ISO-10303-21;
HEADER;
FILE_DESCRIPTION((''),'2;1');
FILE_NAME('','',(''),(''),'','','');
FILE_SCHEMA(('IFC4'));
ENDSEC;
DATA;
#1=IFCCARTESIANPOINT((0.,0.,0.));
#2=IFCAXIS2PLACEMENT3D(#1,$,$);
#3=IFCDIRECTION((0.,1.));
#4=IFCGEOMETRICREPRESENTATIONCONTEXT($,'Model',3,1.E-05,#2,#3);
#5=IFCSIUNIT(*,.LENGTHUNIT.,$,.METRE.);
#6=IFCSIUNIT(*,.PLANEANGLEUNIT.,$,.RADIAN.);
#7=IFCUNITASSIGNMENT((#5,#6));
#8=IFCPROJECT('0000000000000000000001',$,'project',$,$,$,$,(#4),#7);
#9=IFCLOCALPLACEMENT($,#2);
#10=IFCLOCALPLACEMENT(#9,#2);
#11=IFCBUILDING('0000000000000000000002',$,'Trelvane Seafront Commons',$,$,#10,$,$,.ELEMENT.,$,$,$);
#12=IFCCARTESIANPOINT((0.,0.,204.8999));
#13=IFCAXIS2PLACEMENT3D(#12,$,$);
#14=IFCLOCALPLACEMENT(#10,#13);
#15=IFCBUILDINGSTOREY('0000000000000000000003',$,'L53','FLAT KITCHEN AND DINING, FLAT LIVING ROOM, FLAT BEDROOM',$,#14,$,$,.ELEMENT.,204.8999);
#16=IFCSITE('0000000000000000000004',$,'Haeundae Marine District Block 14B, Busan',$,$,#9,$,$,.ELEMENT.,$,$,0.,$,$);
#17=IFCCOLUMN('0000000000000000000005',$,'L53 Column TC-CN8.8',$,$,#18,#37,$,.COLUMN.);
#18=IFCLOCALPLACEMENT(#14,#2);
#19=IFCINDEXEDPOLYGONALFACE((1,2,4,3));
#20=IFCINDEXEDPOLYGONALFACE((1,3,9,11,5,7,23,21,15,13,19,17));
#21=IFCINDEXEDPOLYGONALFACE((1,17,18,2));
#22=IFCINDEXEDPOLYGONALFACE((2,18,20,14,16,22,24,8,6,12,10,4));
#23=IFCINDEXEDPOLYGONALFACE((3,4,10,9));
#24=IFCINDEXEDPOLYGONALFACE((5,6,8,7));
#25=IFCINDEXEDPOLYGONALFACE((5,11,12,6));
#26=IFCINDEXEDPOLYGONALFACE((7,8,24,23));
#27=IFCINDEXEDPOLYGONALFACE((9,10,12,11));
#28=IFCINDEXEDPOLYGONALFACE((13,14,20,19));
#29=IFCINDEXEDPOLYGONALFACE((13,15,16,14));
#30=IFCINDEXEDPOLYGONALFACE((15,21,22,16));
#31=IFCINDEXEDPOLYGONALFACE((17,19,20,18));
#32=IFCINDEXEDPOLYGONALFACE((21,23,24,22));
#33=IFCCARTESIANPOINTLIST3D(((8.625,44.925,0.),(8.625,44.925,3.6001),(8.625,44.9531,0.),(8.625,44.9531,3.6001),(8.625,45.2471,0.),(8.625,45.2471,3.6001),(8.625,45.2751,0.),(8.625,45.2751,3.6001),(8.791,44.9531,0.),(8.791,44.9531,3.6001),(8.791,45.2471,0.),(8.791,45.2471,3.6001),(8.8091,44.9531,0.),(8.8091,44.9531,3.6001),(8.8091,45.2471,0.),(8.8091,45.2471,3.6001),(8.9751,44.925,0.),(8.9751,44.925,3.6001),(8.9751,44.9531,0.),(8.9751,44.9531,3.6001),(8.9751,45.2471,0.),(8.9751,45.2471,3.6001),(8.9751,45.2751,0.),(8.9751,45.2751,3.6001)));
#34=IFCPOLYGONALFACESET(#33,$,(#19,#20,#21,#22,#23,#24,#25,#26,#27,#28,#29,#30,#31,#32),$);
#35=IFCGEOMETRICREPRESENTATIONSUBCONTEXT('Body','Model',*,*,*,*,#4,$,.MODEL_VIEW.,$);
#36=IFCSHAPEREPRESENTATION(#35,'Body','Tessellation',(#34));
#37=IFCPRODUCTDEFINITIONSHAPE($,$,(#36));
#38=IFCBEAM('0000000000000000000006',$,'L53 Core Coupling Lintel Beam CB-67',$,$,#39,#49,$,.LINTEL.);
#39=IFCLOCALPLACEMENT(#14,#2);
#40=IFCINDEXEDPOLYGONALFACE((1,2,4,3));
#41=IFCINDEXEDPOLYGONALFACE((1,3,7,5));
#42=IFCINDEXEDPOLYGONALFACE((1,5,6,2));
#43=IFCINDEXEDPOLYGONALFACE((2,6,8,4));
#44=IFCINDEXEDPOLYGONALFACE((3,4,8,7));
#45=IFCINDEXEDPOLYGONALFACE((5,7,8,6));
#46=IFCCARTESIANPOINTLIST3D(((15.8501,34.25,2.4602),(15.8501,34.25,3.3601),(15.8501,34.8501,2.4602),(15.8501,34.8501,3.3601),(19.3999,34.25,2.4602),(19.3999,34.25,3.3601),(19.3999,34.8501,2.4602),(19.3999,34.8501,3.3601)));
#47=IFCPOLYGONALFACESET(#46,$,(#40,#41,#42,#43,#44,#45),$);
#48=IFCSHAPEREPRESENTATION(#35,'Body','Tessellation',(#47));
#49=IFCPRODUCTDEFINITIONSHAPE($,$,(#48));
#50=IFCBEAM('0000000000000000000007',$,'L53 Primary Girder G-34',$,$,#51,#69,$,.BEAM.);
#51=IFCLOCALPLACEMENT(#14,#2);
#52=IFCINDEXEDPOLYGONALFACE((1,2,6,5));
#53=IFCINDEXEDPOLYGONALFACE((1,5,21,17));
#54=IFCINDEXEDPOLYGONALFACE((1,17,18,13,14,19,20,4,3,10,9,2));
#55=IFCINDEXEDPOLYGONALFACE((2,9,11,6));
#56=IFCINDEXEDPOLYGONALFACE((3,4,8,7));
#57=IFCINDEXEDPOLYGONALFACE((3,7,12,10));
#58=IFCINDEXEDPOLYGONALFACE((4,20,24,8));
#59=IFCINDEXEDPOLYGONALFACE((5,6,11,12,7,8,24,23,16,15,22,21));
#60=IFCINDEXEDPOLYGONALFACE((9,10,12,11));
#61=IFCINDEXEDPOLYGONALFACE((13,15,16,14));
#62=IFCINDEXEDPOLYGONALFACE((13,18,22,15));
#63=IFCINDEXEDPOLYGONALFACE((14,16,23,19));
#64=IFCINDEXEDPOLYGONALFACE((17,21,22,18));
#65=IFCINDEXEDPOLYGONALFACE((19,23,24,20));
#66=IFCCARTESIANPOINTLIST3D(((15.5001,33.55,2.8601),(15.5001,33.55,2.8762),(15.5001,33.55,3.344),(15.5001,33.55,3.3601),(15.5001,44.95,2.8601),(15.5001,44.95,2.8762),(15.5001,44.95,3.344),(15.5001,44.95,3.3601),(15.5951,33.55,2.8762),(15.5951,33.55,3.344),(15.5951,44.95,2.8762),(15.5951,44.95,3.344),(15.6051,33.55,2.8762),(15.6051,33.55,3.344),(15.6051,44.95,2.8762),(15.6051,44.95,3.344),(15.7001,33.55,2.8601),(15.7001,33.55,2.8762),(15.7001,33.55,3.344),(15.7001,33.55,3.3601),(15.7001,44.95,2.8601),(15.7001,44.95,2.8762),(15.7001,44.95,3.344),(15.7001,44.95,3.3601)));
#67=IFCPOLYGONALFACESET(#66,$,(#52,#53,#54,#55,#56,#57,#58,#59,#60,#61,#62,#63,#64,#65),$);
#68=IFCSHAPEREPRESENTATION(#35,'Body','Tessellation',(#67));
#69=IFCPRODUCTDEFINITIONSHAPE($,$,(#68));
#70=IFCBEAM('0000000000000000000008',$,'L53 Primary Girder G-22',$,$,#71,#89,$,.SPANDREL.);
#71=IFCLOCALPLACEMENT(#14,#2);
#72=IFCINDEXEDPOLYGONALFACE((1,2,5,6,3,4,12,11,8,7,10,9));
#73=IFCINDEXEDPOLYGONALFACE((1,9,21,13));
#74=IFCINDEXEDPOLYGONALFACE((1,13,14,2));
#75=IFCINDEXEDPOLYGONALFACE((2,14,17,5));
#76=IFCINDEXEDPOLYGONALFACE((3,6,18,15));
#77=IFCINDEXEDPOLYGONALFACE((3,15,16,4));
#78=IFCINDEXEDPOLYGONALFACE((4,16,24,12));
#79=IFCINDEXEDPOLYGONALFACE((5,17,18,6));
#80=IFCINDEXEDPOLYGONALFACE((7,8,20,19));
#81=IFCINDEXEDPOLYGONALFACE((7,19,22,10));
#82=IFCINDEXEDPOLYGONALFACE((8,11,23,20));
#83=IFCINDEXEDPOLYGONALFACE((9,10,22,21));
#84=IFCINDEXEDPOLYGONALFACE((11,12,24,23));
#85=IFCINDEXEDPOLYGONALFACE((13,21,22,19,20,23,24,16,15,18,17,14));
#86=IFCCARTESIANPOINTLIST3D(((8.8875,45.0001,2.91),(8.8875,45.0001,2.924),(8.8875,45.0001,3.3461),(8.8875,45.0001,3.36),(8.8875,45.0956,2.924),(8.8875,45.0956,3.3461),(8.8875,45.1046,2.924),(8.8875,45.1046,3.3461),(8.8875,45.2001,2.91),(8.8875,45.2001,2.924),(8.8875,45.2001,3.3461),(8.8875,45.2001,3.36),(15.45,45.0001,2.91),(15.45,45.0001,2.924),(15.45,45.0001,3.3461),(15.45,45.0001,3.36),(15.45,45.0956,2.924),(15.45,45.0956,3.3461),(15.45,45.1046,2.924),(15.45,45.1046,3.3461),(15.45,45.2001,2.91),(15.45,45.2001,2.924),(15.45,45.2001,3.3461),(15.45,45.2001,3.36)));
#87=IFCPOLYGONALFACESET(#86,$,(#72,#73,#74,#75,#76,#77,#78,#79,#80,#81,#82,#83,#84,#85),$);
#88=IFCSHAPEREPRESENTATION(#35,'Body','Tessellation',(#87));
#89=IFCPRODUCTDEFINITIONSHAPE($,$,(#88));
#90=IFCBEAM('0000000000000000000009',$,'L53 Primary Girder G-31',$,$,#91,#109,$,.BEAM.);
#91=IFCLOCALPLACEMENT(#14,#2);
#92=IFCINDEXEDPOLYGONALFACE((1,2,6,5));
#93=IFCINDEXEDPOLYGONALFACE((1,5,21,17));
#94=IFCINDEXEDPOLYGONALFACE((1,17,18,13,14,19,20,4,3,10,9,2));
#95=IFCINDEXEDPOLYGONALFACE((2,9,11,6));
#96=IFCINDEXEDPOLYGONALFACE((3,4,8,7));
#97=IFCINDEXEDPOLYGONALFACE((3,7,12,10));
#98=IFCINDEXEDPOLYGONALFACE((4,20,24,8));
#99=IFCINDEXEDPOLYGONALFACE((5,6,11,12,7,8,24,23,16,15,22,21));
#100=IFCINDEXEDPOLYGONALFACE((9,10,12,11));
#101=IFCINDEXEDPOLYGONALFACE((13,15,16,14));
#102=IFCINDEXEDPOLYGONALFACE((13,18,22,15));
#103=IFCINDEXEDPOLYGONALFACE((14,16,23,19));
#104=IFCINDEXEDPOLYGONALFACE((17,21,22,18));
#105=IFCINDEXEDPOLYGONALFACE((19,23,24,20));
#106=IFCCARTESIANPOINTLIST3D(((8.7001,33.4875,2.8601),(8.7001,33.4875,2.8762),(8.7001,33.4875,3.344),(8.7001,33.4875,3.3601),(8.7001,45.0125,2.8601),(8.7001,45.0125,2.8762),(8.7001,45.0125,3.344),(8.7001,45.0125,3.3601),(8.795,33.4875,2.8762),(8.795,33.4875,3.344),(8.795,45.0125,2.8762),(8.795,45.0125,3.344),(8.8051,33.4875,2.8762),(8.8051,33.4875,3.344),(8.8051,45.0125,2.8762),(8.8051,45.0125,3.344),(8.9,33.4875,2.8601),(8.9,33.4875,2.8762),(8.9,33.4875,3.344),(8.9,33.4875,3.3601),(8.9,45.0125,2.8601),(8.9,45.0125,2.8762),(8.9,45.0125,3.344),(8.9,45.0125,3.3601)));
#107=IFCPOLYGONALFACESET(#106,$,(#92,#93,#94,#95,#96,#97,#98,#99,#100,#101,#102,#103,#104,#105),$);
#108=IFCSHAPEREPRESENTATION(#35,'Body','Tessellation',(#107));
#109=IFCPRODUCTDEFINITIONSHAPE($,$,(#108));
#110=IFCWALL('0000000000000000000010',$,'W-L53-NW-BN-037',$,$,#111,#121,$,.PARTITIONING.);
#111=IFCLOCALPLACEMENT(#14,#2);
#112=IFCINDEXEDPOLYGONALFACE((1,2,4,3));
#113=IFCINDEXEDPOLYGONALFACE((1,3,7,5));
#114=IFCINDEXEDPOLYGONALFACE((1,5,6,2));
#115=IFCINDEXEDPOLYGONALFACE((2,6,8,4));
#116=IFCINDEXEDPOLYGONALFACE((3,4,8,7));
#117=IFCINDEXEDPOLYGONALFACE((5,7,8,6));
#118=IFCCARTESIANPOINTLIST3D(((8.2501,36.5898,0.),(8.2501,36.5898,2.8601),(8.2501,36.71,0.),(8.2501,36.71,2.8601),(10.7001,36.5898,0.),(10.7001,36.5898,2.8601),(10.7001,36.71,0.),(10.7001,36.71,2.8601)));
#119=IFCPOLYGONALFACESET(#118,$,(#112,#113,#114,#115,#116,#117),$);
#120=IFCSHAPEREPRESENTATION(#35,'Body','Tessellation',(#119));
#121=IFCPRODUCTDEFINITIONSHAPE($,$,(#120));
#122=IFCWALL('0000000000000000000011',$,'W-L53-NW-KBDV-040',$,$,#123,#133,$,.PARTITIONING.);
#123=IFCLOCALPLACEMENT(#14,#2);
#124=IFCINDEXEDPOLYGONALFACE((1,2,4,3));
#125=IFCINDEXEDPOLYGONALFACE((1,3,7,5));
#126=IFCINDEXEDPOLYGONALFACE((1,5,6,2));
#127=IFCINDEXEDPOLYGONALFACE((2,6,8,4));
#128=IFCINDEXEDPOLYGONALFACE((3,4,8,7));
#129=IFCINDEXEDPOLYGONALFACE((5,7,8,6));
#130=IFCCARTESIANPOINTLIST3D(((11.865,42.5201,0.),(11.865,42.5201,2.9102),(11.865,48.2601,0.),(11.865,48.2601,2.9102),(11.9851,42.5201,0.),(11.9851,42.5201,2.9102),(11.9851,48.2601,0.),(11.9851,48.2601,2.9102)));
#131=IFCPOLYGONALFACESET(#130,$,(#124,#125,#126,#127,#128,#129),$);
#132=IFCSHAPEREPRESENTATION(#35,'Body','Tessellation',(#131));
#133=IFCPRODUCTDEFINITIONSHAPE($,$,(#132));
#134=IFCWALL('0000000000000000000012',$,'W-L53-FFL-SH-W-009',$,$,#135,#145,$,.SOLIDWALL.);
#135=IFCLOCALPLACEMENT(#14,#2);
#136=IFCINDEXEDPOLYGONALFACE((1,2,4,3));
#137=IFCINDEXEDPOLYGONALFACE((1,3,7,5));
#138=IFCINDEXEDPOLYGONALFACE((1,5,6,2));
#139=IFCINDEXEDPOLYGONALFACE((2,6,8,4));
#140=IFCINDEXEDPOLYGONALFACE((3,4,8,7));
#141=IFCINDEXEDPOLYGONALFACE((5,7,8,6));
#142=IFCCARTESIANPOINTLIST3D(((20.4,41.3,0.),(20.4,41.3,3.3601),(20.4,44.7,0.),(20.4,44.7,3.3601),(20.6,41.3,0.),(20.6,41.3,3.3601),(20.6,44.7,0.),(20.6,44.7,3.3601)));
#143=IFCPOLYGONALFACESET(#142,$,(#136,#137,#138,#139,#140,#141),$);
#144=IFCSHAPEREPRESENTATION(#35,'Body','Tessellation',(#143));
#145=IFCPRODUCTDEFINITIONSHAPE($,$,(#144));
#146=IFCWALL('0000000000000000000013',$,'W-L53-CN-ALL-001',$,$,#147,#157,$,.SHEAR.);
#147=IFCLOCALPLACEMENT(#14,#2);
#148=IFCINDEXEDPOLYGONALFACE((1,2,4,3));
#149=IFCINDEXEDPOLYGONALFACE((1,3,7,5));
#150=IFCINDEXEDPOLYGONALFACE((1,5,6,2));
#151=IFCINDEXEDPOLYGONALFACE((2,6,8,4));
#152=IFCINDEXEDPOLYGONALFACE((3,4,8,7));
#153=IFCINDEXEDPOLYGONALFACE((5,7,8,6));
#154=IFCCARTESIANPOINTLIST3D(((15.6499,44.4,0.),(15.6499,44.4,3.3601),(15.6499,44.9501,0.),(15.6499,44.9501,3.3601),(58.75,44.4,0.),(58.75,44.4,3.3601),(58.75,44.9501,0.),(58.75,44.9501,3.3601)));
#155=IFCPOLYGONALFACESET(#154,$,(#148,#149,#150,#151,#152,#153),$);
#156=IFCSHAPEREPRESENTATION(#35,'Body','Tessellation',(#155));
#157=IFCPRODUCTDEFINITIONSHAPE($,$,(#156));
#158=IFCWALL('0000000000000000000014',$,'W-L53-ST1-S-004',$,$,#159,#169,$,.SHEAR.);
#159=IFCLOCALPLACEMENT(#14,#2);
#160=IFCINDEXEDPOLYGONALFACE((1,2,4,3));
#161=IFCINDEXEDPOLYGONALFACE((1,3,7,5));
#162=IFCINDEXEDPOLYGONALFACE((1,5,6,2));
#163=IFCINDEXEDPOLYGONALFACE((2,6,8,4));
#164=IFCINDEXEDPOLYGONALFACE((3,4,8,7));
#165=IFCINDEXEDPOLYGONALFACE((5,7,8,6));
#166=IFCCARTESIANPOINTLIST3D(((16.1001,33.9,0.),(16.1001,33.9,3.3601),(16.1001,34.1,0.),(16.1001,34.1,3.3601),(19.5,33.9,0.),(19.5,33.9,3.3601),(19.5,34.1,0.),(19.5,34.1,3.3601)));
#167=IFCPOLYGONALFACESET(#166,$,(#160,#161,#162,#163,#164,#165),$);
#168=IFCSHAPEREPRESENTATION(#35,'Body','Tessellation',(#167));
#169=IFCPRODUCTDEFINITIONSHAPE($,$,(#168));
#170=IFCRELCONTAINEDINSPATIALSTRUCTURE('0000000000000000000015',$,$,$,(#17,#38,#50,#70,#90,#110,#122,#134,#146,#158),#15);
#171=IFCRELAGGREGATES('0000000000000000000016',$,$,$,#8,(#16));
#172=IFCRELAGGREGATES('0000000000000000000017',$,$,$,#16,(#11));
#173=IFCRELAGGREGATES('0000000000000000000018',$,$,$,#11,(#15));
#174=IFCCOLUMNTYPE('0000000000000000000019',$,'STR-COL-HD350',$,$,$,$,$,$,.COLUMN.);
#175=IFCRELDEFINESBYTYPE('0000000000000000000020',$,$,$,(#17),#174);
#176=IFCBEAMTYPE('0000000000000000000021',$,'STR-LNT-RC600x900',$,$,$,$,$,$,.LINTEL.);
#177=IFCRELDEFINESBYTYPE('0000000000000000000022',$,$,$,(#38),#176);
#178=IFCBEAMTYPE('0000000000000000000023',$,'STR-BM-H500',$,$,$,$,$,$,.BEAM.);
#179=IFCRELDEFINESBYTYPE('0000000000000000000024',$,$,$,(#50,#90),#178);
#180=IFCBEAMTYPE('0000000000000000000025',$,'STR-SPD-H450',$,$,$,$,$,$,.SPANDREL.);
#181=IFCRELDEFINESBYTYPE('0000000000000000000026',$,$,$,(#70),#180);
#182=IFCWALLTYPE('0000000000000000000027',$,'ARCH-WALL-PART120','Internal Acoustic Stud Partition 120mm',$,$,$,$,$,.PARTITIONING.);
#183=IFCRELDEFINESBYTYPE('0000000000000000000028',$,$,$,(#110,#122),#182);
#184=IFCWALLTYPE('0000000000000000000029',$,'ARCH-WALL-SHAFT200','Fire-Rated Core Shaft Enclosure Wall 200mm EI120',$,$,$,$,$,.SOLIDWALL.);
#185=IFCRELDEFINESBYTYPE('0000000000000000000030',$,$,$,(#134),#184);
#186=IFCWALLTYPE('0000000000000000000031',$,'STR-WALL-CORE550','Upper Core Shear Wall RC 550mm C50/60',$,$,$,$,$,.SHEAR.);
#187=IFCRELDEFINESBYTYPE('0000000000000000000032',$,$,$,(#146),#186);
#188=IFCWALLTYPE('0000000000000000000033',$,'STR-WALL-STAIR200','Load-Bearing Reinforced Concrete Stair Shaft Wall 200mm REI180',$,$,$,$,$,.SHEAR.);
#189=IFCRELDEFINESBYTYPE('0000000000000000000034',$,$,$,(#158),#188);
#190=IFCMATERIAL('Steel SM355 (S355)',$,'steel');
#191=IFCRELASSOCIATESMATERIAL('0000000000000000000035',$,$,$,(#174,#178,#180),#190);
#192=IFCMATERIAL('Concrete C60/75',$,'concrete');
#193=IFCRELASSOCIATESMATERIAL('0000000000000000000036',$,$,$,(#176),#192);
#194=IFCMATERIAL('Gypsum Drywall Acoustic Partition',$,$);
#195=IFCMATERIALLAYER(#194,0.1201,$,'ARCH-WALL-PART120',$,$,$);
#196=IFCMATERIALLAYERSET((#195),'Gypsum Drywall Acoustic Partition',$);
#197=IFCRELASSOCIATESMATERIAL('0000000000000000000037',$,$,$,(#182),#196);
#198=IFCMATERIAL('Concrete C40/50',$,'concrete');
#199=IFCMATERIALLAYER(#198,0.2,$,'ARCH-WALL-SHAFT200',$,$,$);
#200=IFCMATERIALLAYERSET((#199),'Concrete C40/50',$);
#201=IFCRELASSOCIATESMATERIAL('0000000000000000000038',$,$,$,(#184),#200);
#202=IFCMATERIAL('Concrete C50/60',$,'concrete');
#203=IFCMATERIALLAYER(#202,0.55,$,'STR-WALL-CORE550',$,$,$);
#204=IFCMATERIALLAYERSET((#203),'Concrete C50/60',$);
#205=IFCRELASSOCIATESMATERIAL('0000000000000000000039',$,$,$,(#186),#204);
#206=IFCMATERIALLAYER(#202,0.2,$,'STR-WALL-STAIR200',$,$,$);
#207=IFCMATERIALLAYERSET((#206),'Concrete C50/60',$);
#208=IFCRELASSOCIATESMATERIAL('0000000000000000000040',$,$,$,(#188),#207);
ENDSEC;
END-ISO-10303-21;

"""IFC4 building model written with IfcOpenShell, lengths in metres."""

from ifc_helpers import new_model, si_unit, direction, frame, frame_2d, origin, origin_2d, place, context, subcontext, project, spatial, rectangle, i_section, extrude, source, transform, mapped, material, layer, layer_set, material_profile, profile_set, type_object, element, save


model = new_model("IFC4")

# Units and contexts
model_context = context("Model", 3, precision=1e-05, world=origin(), true_north=direction((0.0, 1.0)))
body_context = subcontext(model_context, "Body", "Model", "MODEL_VIEW")
ifc_project = project(units=[si_unit("LENGTHUNIT", "METRE"), si_unit("PLANEANGLEUNIT", "RADIAN")], contexts=[model_context])

# Site, building, storey
site_placement = place(None, origin())
site = spatial("IfcSite", under=ifc_project, at=site_placement, Name="Haeundae Marine District Block 14B, Busan", CompositionType="ELEMENT", RefElevation=0.0)
building_placement = place(site_placement, origin())
building = spatial("IfcBuilding", under=site, at=building_placement, Name="Trelvane Seafront Commons", CompositionType="ELEMENT")
storey_placement = place(building_placement, frame((0.0, 0.0, 204.8999)))
storey = spatial("IfcBuildingStorey", under=building, at=storey_placement, Name="L53", Description="FLAT KITCHEN AND DINING, FLAT LIVING ROOM, FLAT BEDROOM", CompositionType="ELEMENT", Elevation=204.8999)

# Column
ifc_material_1 = material(Name="Steel SM355 (S355)", Category="steel")
ifc_material_profile_1 = material_profile(ifc_material_1, i_section(OverallWidth=0.3501, OverallDepth=0.3501, WebThickness=0.0181, FlangeThickness=0.0281, at=origin_2d()), Name="HD-350x350x18x28")
ifc_profile_set_1 = profile_set([ifc_material_profile_1], Name="Steel SM355 (S355)")
column_type = type_object("IfcColumnType", Name="STR-COL-HD350", PredefinedType="COLUMN", material=ifc_profile_set_1)
shared_shape_1 = source(origin(), body_context, "Body", "SweptSolid", [
    extrude(i_section(OverallWidth=0.3501, OverallDepth=0.3501, WebThickness=0.0181, FlangeThickness=0.0281, at=origin_2d()), origin(), (0.0, 0.0, 1.0), 3.6001),
])
column_placement = place(storey_placement, frame((8.8, 45.1001, 0.0), z_axis=(0.0, 0.0, 1.0), x_axis=(1.0, 0.0, 0.0)))
element("IfcColumn", 1, at=column_placement, inside=storey, type_object=column_type, Name="L53 Column TC-CN8.8", PredefinedType="COLUMN", context=body_context, shape_type="MappedRepresentation", body=[
    mapped(shared_shape_1, transform((0.0, 0.0, 0.0), x_axis=(1.0, 0.0, 0.0), y_axis=(0.0, 1.0, 0.0), z_axis=(0.0, 0.0, 1.0), scale=1.0)),
])

# Beams
ifc_material_2 = material(Name="Concrete C60/75", Category="concrete")
ifc_material_profile_2 = material_profile(ifc_material_2, rectangle(XDim=0.6001, YDim=0.8999, at=origin_2d()), Name="RC-600x900")
ifc_profile_set_2 = profile_set([ifc_material_profile_2], Name="Concrete C60/75")
beam_type_1 = type_object("IfcBeamType", Name="STR-LNT-RC600x900", PredefinedType="LINTEL", material=ifc_profile_set_2)
shared_shape_2 = source(origin(), body_context, "Body", "SweptSolid", [
    extrude(rectangle(XDim=0.6001, YDim=0.8999, at=origin_2d()), origin(), (0.0, 0.0, 1.0), 3.5498),
])
beam_1_placement = place(storey_placement, frame((15.8501, 34.55, 2.9102), z_axis=(1.0, 0.0, 0.0), x_axis=(0.0, 1.0, 0.0)))
element("IfcBeam", 2, at=beam_1_placement, inside=storey, type_object=beam_type_1, Name="L53 Core Coupling Lintel Beam CB-67", PredefinedType="LINTEL", context=body_context, shape_type="MappedRepresentation", body=[
    mapped(shared_shape_2, transform((0.0, 0.0, 0.0), x_axis=(1.0, 0.0, 0.0), y_axis=(0.0, 1.0, 0.0), z_axis=(0.0, 0.0, 1.0), scale=1.0)),
])
ifc_material_profile_3 = material_profile(ifc_material_1, i_section(OverallWidth=0.2, OverallDepth=0.5, WebThickness=0.01, FlangeThickness=0.0161, at=origin_2d()), Name="H-500x200x10x16")
ifc_profile_set_3 = profile_set([ifc_material_profile_3], Name="Steel SM355 (S355)")
beam_type_2 = type_object("IfcBeamType", Name="STR-BM-H500", PredefinedType="BEAM", material=ifc_profile_set_3)
shared_shape_3 = source(origin(), body_context, "Body", "SweptSolid", [
    extrude(i_section(OverallWidth=0.2, OverallDepth=0.5, WebThickness=0.01, FlangeThickness=0.0161, at=origin_2d()), origin(), (0.0, 0.0, 1.0), 11.3999),
])
beam_2_placement = place(storey_placement, frame((15.6001, 33.55, 3.1101), z_axis=(0.0, 1.0, 0.0), x_axis=(-1.0, 0.0, 0.0)))
element("IfcBeam", 3, at=beam_2_placement, inside=storey, type_object=beam_type_2, Name="L53 Primary Girder G-34", PredefinedType="BEAM", context=body_context, shape_type="MappedRepresentation", body=[
    mapped(shared_shape_3, transform((0.0, 0.0, 0.0), x_axis=(1.0, 0.0, 0.0), y_axis=(0.0, 1.0, 0.0), z_axis=(0.0, 0.0, 1.0), scale=1.0)),
])
ifc_material_profile_4 = material_profile(ifc_material_1, i_section(OverallWidth=0.2, OverallDepth=0.45, WebThickness=0.009, FlangeThickness=0.0139, at=origin_2d()), Name="H-450x200x9x14")
ifc_profile_set_4 = profile_set([ifc_material_profile_4], Name="Steel SM355 (S355)")
beam_type_3 = type_object("IfcBeamType", Name="STR-SPD-H450", PredefinedType="SPANDREL", material=ifc_profile_set_4)
shared_shape_4 = source(origin(), body_context, "Body", "SweptSolid", [
    extrude(i_section(OverallWidth=0.2, OverallDepth=0.45, WebThickness=0.009, FlangeThickness=0.0139, at=origin_2d()), origin(), (0.0, 0.0, 1.0), 6.5625),
])
beam_3_placement = place(storey_placement, frame((8.8875, 45.1001, 3.135), z_axis=(1.0, 0.0, 0.0), x_axis=(0.0, 1.0, 0.0)))
element("IfcBeam", 4, at=beam_3_placement, inside=storey, type_object=beam_type_3, Name="L53 Primary Girder G-22", PredefinedType="SPANDREL", context=body_context, shape_type="MappedRepresentation", body=[
    mapped(shared_shape_4, transform((0.0, 0.0, 0.0), x_axis=(1.0, 0.0, 0.0), y_axis=(0.0, 1.0, 0.0), z_axis=(0.0, 0.0, 1.0), scale=1.0)),
])
shared_shape_5 = source(origin(), body_context, "Body", "SweptSolid", [
    extrude(i_section(OverallWidth=0.2, OverallDepth=0.5, WebThickness=0.01, FlangeThickness=0.0161, at=origin_2d()), origin(), (0.0, 0.0, 1.0), 11.5249),
])
beam_4_placement = place(storey_placement, frame((8.8, 33.4875, 3.1101), z_axis=(0.0, 1.0, 0.0), x_axis=(-1.0, 0.0, 0.0)))
element("IfcBeam", 5, at=beam_4_placement, inside=storey, type_object=beam_type_2, Name="L53 Primary Girder G-31", PredefinedType="BEAM", context=body_context, shape_type="MappedRepresentation", body=[
    mapped(shared_shape_5, transform((0.0, 0.0, 0.0), x_axis=(1.0, 0.0, 0.0), y_axis=(0.0, 1.0, 0.0), z_axis=(0.0, 0.0, 1.0), scale=1.0)),
])

# Wall
ifc_material_3 = material(Name="Gypsum Drywall Acoustic Partition")
ifc_layer_1 = layer(ifc_material_3, 0.1201, Name="ARCH-WALL-PART120")
ifc_layer_set_1 = layer_set([ifc_layer_1], Name="Gypsum Drywall Acoustic Partition")
wall_type_1 = type_object("IfcWallType", Name="ARCH-WALL-PART120", Description="Internal Acoustic Stud Partition 120mm", PredefinedType="PARTITIONING", material=ifc_layer_set_1)
wall_1_placement = place(storey_placement, frame((8.25, 36.6499, 0.0), z_axis=(0.0, 0.0, 1.0), x_axis=(1.0, 0.0, 0.0)))
element("IfcWall", 6, at=wall_1_placement, inside=storey, type_object=wall_type_1, Name="W-L53-NW-BN-037", PredefinedType="PARTITIONING", context=body_context, shape_type="SweptSolid", body=[
    extrude(rectangle(XDim=2.45, YDim=0.1201, at=frame_2d((1.2251, 0.0))), origin(), (0.0, 0.0, 1.0), 2.8601),
])

# Wall
wall_2_placement = place(storey_placement, frame((11.925, 42.52, 0.0), z_axis=(0.0, 0.0, 1.0), x_axis=(0.0, 1.0, 0.0)))
element("IfcWall", 7, at=wall_2_placement, inside=storey, type_object=wall_type_1, Name="W-L53-NW-KBDV-040", PredefinedType="PARTITIONING", context=body_context, shape_type="SweptSolid", body=[
    extrude(rectangle(XDim=5.74, YDim=0.1201, at=frame_2d((2.8701, 0.0))), origin(), (0.0, 0.0, 1.0), 2.9102),
])

# Shared definitions
ifc_material_4 = material(Name="Concrete C40/50", Category="concrete")
ifc_layer_2 = layer(ifc_material_4, 0.2, Name="ARCH-WALL-SHAFT200")
ifc_layer_set_2 = layer_set([ifc_layer_2], Name="Concrete C40/50")
wall_type_2 = type_object("IfcWallType", Name="ARCH-WALL-SHAFT200", Description="Fire-Rated Core Shaft Enclosure Wall 200mm EI120", PredefinedType="SOLIDWALL", material=ifc_layer_set_2)

# Walls
wall_3_placement = place(storey_placement, frame((20.5, 41.3, 0.0), z_axis=(0.0, 0.0, 1.0), x_axis=(0.0, 1.0, 0.0)))
element("IfcWall", 8, at=wall_3_placement, inside=storey, type_object=wall_type_2, Name="W-L53-FFL-SH-W-009", PredefinedType="SOLIDWALL", context=body_context, shape_type="SweptSolid", body=[
    extrude(rectangle(XDim=3.3999, YDim=0.2, at=frame_2d((1.7, 0.0))), origin(), (0.0, 0.0, 1.0), 3.3601),
])
ifc_material_5 = material(Name="Concrete C50/60", Category="concrete")
ifc_layer_3 = layer(ifc_material_5, 0.55, Name="STR-WALL-CORE550")
ifc_layer_set_3 = layer_set([ifc_layer_3], Name="Concrete C50/60")
wall_type_3 = type_object("IfcWallType", Name="STR-WALL-CORE550", Description="Upper Core Shear Wall RC 550mm C50/60", PredefinedType="SHEAR", material=ifc_layer_set_3)
wall_4_placement = place(storey_placement, frame((15.6499, 44.675, 0.0), z_axis=(0.0, 0.0, 1.0), x_axis=(1.0, 0.0, 0.0)))
element("IfcWall", 9, at=wall_4_placement, inside=storey, type_object=wall_type_3, Name="W-L53-CN-ALL-001", PredefinedType="SHEAR", context=body_context, shape_type="SweptSolid", body=[
    extrude(rectangle(XDim=43.1001, YDim=0.55, at=frame_2d((21.55, 0.0))), origin(), (0.0, 0.0, 1.0), 3.3601),
])
ifc_layer_4 = layer(ifc_material_5, 0.2, Name="STR-WALL-STAIR200")
ifc_layer_set_4 = layer_set([ifc_layer_4], Name="Concrete C50/60")
wall_type_4 = type_object("IfcWallType", Name="STR-WALL-STAIR200", Description="Load-Bearing Reinforced Concrete Stair Shaft Wall 200mm REI180", PredefinedType="SHEAR", material=ifc_layer_set_4)
wall_5_placement = place(storey_placement, frame((16.1001, 34.0, 0.0), z_axis=(0.0, 0.0, 1.0), x_axis=(1.0, 0.0, 0.0)))
element("IfcWall", 10, at=wall_5_placement, inside=storey, type_object=wall_type_4, Name="W-L53-ST1-S-004", PredefinedType="SHEAR", context=body_context, shape_type="SweptSolid", body=[
    extrude(rectangle(XDim=3.3999, YDim=0.2, at=frame_2d((1.7, 0.0))), origin(), (0.0, 0.0, 1.0), 3.3601),
])

save(model, "model.ifc")
